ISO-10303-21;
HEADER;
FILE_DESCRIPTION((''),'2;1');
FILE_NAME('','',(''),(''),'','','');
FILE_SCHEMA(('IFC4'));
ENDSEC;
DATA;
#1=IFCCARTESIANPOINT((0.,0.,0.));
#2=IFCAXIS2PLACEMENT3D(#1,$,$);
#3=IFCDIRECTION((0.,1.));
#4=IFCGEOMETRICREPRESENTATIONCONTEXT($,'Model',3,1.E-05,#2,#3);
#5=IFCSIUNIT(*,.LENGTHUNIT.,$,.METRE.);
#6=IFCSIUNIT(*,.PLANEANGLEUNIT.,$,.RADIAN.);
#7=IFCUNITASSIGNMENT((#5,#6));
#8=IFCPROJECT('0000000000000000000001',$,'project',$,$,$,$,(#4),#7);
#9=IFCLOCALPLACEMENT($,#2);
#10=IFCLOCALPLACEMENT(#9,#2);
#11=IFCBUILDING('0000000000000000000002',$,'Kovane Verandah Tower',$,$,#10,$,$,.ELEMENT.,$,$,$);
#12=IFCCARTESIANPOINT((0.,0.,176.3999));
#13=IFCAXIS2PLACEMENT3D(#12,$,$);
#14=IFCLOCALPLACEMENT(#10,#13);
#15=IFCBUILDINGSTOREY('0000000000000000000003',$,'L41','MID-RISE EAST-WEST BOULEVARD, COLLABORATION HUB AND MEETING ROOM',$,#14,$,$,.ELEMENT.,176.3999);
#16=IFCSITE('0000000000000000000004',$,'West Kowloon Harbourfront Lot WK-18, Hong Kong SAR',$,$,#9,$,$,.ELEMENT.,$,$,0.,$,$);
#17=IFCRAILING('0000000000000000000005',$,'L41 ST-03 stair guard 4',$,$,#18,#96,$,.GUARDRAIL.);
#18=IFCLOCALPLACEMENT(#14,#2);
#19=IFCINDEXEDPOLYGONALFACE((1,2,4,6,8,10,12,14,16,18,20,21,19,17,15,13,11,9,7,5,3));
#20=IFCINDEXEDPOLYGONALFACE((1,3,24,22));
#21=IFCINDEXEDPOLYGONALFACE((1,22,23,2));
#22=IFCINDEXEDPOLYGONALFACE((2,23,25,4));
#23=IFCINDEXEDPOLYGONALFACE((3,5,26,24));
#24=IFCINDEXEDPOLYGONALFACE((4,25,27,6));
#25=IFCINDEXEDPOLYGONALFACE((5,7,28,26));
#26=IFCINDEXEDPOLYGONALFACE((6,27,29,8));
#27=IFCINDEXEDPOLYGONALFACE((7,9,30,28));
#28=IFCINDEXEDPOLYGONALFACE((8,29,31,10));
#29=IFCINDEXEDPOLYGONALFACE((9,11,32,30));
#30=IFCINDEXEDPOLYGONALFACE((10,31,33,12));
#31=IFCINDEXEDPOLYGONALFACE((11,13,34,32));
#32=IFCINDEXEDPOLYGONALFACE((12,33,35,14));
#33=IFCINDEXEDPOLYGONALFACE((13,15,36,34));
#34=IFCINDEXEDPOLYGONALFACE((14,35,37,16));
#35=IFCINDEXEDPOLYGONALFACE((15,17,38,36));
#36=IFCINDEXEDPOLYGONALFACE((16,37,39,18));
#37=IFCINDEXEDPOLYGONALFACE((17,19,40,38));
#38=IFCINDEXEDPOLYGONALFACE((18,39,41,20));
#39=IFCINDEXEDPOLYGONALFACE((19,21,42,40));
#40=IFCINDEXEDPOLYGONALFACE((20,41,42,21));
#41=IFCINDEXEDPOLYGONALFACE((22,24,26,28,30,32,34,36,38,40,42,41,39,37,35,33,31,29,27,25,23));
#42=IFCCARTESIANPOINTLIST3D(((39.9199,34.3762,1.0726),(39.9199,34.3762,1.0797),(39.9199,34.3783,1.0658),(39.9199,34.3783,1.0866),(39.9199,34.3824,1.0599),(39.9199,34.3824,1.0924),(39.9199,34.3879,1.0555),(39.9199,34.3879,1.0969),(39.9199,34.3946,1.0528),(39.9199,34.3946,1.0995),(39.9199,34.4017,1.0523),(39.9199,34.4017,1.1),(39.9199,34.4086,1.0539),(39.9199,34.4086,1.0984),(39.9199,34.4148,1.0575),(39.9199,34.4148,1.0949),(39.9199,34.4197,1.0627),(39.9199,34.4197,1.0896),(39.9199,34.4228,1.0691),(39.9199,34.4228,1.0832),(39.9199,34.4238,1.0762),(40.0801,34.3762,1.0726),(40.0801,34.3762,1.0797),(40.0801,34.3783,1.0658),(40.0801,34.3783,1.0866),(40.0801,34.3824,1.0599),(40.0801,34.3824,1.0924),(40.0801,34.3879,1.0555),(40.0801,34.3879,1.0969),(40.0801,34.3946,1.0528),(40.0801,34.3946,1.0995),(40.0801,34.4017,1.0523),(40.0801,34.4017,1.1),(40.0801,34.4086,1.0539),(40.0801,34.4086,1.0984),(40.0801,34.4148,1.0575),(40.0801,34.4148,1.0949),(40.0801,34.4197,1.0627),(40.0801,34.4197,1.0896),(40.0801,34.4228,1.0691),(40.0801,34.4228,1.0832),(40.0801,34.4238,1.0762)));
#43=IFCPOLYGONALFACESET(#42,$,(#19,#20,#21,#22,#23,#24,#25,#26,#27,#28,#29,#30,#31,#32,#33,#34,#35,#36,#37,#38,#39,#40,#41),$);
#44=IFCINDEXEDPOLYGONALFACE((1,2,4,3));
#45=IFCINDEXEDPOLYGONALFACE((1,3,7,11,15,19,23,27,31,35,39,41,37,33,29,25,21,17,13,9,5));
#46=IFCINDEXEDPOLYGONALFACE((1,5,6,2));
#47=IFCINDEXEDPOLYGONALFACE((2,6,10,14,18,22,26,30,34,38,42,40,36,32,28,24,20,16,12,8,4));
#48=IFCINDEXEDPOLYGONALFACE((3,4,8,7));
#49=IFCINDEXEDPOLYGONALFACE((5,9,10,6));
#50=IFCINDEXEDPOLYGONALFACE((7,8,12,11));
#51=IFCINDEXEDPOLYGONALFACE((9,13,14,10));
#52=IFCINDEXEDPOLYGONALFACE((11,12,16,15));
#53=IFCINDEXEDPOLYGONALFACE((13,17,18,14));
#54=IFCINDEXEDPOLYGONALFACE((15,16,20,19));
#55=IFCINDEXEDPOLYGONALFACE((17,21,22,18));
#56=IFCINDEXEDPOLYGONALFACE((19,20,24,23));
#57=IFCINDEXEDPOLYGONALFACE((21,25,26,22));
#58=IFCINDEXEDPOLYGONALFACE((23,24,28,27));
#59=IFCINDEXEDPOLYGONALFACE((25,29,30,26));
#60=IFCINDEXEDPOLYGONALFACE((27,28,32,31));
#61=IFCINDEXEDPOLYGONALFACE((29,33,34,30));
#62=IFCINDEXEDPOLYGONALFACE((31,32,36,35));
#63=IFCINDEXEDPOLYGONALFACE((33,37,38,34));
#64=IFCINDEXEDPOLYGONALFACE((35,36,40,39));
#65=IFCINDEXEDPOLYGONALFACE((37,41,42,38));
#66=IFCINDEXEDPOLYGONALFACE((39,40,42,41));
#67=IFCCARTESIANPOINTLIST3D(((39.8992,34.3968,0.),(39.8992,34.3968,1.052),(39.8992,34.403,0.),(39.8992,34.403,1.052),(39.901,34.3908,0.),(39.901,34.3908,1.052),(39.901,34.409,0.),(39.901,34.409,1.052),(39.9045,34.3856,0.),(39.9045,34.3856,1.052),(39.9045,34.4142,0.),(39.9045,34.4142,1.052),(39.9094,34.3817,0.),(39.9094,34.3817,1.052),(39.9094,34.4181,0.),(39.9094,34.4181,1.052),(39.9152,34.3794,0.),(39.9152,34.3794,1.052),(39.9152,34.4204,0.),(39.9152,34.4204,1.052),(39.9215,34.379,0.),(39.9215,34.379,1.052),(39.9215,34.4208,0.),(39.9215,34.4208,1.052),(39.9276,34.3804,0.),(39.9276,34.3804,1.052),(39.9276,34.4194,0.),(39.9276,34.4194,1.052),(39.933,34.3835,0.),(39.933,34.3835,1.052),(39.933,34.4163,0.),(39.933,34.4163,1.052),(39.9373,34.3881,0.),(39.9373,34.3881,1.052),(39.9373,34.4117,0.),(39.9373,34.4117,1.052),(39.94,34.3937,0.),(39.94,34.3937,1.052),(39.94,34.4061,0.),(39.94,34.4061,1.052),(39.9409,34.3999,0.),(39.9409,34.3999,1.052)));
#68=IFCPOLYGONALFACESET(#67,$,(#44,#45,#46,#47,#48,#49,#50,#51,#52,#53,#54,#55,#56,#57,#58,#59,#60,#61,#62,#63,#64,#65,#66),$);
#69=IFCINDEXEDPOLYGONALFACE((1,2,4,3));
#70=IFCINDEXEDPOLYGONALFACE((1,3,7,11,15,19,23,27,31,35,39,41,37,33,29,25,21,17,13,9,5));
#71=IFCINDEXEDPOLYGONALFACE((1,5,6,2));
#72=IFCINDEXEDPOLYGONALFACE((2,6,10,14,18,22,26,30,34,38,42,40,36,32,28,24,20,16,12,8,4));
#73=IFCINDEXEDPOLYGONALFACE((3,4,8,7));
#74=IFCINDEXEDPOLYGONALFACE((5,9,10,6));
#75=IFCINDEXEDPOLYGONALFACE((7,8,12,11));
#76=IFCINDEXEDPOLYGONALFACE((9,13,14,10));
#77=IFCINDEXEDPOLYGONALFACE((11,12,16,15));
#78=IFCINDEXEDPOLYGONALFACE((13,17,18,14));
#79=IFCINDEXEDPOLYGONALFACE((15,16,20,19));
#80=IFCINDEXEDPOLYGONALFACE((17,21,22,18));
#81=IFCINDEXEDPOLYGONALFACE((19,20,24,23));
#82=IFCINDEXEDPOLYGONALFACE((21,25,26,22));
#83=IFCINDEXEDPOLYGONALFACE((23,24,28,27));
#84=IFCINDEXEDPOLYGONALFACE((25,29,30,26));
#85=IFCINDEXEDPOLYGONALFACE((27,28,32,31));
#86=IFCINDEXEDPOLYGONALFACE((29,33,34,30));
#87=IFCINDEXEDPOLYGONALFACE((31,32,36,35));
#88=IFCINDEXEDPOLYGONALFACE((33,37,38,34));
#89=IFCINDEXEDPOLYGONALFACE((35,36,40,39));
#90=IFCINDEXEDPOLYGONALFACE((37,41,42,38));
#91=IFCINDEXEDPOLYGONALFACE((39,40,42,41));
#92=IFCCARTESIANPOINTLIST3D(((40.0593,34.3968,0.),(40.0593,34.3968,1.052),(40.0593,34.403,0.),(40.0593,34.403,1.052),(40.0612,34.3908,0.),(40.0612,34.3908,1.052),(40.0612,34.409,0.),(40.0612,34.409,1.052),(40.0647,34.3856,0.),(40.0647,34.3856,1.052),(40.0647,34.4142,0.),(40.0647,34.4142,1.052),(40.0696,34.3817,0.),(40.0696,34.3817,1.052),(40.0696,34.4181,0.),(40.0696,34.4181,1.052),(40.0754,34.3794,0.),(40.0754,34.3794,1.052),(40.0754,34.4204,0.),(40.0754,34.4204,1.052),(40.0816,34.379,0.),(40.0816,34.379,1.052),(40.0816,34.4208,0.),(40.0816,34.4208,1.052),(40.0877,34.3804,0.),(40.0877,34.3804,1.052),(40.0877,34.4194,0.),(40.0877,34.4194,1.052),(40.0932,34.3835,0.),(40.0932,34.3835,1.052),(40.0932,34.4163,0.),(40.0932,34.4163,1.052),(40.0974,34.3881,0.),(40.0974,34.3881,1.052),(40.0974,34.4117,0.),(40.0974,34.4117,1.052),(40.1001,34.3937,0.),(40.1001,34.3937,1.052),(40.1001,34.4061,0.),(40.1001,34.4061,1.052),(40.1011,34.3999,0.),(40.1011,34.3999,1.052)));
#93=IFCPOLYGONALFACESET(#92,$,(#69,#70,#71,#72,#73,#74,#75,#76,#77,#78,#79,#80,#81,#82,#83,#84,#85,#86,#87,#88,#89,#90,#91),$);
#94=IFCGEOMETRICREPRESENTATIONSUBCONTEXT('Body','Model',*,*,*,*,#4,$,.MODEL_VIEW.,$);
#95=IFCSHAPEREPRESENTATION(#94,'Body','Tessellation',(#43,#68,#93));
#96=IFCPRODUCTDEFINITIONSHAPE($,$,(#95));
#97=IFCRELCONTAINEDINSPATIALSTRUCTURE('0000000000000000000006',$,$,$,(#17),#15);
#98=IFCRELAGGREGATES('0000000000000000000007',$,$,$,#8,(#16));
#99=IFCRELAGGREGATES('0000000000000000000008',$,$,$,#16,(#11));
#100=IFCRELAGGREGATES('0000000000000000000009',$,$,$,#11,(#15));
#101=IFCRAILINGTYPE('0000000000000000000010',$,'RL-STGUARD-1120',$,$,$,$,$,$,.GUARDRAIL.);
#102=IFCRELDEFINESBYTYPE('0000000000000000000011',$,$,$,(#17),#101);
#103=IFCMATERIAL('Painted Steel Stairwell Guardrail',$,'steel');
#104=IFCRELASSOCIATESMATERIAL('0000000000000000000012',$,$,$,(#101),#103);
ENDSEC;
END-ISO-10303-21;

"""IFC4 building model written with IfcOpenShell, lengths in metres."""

from ifc_helpers import new_model, si_unit, direction, frame, origin, origin_2d, place, context, subcontext, project, spatial, circle, extrude, material, type_object, element, save


model = new_model("IFC4")

# Units and contexts
model_context = context("Model", 3, precision=1e-05, world=origin(), true_north=direction((0.0, 1.0)))
body_context = subcontext(model_context, "Body", "Model", "MODEL_VIEW")
ifc_project = project(units=[si_unit("LENGTHUNIT", "METRE"), si_unit("PLANEANGLEUNIT", "RADIAN")], contexts=[model_context])

# Site, building, storey
site_placement = place(None, origin())
site = spatial("IfcSite", under=ifc_project, at=site_placement, Name="West Kowloon Harbourfront Lot WK-18, Hong Kong SAR", CompositionType="ELEMENT", RefElevation=0.0)
building_placement = place(site_placement, origin())
building = spatial("IfcBuilding", under=site, at=building_placement, Name="Kovane Verandah Tower", CompositionType="ELEMENT")
storey_placement = place(building_placement, frame((0.0, 0.0, 176.3999)))
storey = spatial("IfcBuildingStorey", under=building, at=storey_placement, Name="L41", Description="MID-RISE EAST-WEST BOULEVARD, COLLABORATION HUB AND MEETING ROOM", CompositionType="ELEMENT", Elevation=176.3999)

# Railing
ifc_material_1 = material(Name="Painted Steel Stairwell Guardrail", Category="steel")
railing_type_1 = type_object("IfcRailingType", Name="RL-STGUARD-1120", PredefinedType="GUARDRAIL", material=ifc_material_1)
railing_1_placement = place(storey_placement, frame((39.9199, 34.3999, 0.0)))
element("IfcRailing", 1, at=railing_1_placement, inside=storey, type_object=railing_type_1, Name="L41 ST-03 stair guard 4", PredefinedType="GUARDRAIL", context=body_context, shape_type="SweptSolid", body=[
    extrude(circle(Radius=0.0239, at=origin_2d()), frame((0.0, 0.0, 1.0762), z_axis=(1.0, 0.0, 0.0), x_axis=(0.0, 1.0, 0.0)), (0.0, 0.0, 1.0), 0.1602),
    extrude(circle(Radius=0.021, at=origin_2d()), origin(), (0.0, 0.0, 1.0), 1.052),
    extrude(circle(Radius=0.021, at=origin_2d()), frame((0.1602, 0.0, 0.0)), (0.0, 0.0, 1.0), 1.052),
])

save(model, "model.ifc")
